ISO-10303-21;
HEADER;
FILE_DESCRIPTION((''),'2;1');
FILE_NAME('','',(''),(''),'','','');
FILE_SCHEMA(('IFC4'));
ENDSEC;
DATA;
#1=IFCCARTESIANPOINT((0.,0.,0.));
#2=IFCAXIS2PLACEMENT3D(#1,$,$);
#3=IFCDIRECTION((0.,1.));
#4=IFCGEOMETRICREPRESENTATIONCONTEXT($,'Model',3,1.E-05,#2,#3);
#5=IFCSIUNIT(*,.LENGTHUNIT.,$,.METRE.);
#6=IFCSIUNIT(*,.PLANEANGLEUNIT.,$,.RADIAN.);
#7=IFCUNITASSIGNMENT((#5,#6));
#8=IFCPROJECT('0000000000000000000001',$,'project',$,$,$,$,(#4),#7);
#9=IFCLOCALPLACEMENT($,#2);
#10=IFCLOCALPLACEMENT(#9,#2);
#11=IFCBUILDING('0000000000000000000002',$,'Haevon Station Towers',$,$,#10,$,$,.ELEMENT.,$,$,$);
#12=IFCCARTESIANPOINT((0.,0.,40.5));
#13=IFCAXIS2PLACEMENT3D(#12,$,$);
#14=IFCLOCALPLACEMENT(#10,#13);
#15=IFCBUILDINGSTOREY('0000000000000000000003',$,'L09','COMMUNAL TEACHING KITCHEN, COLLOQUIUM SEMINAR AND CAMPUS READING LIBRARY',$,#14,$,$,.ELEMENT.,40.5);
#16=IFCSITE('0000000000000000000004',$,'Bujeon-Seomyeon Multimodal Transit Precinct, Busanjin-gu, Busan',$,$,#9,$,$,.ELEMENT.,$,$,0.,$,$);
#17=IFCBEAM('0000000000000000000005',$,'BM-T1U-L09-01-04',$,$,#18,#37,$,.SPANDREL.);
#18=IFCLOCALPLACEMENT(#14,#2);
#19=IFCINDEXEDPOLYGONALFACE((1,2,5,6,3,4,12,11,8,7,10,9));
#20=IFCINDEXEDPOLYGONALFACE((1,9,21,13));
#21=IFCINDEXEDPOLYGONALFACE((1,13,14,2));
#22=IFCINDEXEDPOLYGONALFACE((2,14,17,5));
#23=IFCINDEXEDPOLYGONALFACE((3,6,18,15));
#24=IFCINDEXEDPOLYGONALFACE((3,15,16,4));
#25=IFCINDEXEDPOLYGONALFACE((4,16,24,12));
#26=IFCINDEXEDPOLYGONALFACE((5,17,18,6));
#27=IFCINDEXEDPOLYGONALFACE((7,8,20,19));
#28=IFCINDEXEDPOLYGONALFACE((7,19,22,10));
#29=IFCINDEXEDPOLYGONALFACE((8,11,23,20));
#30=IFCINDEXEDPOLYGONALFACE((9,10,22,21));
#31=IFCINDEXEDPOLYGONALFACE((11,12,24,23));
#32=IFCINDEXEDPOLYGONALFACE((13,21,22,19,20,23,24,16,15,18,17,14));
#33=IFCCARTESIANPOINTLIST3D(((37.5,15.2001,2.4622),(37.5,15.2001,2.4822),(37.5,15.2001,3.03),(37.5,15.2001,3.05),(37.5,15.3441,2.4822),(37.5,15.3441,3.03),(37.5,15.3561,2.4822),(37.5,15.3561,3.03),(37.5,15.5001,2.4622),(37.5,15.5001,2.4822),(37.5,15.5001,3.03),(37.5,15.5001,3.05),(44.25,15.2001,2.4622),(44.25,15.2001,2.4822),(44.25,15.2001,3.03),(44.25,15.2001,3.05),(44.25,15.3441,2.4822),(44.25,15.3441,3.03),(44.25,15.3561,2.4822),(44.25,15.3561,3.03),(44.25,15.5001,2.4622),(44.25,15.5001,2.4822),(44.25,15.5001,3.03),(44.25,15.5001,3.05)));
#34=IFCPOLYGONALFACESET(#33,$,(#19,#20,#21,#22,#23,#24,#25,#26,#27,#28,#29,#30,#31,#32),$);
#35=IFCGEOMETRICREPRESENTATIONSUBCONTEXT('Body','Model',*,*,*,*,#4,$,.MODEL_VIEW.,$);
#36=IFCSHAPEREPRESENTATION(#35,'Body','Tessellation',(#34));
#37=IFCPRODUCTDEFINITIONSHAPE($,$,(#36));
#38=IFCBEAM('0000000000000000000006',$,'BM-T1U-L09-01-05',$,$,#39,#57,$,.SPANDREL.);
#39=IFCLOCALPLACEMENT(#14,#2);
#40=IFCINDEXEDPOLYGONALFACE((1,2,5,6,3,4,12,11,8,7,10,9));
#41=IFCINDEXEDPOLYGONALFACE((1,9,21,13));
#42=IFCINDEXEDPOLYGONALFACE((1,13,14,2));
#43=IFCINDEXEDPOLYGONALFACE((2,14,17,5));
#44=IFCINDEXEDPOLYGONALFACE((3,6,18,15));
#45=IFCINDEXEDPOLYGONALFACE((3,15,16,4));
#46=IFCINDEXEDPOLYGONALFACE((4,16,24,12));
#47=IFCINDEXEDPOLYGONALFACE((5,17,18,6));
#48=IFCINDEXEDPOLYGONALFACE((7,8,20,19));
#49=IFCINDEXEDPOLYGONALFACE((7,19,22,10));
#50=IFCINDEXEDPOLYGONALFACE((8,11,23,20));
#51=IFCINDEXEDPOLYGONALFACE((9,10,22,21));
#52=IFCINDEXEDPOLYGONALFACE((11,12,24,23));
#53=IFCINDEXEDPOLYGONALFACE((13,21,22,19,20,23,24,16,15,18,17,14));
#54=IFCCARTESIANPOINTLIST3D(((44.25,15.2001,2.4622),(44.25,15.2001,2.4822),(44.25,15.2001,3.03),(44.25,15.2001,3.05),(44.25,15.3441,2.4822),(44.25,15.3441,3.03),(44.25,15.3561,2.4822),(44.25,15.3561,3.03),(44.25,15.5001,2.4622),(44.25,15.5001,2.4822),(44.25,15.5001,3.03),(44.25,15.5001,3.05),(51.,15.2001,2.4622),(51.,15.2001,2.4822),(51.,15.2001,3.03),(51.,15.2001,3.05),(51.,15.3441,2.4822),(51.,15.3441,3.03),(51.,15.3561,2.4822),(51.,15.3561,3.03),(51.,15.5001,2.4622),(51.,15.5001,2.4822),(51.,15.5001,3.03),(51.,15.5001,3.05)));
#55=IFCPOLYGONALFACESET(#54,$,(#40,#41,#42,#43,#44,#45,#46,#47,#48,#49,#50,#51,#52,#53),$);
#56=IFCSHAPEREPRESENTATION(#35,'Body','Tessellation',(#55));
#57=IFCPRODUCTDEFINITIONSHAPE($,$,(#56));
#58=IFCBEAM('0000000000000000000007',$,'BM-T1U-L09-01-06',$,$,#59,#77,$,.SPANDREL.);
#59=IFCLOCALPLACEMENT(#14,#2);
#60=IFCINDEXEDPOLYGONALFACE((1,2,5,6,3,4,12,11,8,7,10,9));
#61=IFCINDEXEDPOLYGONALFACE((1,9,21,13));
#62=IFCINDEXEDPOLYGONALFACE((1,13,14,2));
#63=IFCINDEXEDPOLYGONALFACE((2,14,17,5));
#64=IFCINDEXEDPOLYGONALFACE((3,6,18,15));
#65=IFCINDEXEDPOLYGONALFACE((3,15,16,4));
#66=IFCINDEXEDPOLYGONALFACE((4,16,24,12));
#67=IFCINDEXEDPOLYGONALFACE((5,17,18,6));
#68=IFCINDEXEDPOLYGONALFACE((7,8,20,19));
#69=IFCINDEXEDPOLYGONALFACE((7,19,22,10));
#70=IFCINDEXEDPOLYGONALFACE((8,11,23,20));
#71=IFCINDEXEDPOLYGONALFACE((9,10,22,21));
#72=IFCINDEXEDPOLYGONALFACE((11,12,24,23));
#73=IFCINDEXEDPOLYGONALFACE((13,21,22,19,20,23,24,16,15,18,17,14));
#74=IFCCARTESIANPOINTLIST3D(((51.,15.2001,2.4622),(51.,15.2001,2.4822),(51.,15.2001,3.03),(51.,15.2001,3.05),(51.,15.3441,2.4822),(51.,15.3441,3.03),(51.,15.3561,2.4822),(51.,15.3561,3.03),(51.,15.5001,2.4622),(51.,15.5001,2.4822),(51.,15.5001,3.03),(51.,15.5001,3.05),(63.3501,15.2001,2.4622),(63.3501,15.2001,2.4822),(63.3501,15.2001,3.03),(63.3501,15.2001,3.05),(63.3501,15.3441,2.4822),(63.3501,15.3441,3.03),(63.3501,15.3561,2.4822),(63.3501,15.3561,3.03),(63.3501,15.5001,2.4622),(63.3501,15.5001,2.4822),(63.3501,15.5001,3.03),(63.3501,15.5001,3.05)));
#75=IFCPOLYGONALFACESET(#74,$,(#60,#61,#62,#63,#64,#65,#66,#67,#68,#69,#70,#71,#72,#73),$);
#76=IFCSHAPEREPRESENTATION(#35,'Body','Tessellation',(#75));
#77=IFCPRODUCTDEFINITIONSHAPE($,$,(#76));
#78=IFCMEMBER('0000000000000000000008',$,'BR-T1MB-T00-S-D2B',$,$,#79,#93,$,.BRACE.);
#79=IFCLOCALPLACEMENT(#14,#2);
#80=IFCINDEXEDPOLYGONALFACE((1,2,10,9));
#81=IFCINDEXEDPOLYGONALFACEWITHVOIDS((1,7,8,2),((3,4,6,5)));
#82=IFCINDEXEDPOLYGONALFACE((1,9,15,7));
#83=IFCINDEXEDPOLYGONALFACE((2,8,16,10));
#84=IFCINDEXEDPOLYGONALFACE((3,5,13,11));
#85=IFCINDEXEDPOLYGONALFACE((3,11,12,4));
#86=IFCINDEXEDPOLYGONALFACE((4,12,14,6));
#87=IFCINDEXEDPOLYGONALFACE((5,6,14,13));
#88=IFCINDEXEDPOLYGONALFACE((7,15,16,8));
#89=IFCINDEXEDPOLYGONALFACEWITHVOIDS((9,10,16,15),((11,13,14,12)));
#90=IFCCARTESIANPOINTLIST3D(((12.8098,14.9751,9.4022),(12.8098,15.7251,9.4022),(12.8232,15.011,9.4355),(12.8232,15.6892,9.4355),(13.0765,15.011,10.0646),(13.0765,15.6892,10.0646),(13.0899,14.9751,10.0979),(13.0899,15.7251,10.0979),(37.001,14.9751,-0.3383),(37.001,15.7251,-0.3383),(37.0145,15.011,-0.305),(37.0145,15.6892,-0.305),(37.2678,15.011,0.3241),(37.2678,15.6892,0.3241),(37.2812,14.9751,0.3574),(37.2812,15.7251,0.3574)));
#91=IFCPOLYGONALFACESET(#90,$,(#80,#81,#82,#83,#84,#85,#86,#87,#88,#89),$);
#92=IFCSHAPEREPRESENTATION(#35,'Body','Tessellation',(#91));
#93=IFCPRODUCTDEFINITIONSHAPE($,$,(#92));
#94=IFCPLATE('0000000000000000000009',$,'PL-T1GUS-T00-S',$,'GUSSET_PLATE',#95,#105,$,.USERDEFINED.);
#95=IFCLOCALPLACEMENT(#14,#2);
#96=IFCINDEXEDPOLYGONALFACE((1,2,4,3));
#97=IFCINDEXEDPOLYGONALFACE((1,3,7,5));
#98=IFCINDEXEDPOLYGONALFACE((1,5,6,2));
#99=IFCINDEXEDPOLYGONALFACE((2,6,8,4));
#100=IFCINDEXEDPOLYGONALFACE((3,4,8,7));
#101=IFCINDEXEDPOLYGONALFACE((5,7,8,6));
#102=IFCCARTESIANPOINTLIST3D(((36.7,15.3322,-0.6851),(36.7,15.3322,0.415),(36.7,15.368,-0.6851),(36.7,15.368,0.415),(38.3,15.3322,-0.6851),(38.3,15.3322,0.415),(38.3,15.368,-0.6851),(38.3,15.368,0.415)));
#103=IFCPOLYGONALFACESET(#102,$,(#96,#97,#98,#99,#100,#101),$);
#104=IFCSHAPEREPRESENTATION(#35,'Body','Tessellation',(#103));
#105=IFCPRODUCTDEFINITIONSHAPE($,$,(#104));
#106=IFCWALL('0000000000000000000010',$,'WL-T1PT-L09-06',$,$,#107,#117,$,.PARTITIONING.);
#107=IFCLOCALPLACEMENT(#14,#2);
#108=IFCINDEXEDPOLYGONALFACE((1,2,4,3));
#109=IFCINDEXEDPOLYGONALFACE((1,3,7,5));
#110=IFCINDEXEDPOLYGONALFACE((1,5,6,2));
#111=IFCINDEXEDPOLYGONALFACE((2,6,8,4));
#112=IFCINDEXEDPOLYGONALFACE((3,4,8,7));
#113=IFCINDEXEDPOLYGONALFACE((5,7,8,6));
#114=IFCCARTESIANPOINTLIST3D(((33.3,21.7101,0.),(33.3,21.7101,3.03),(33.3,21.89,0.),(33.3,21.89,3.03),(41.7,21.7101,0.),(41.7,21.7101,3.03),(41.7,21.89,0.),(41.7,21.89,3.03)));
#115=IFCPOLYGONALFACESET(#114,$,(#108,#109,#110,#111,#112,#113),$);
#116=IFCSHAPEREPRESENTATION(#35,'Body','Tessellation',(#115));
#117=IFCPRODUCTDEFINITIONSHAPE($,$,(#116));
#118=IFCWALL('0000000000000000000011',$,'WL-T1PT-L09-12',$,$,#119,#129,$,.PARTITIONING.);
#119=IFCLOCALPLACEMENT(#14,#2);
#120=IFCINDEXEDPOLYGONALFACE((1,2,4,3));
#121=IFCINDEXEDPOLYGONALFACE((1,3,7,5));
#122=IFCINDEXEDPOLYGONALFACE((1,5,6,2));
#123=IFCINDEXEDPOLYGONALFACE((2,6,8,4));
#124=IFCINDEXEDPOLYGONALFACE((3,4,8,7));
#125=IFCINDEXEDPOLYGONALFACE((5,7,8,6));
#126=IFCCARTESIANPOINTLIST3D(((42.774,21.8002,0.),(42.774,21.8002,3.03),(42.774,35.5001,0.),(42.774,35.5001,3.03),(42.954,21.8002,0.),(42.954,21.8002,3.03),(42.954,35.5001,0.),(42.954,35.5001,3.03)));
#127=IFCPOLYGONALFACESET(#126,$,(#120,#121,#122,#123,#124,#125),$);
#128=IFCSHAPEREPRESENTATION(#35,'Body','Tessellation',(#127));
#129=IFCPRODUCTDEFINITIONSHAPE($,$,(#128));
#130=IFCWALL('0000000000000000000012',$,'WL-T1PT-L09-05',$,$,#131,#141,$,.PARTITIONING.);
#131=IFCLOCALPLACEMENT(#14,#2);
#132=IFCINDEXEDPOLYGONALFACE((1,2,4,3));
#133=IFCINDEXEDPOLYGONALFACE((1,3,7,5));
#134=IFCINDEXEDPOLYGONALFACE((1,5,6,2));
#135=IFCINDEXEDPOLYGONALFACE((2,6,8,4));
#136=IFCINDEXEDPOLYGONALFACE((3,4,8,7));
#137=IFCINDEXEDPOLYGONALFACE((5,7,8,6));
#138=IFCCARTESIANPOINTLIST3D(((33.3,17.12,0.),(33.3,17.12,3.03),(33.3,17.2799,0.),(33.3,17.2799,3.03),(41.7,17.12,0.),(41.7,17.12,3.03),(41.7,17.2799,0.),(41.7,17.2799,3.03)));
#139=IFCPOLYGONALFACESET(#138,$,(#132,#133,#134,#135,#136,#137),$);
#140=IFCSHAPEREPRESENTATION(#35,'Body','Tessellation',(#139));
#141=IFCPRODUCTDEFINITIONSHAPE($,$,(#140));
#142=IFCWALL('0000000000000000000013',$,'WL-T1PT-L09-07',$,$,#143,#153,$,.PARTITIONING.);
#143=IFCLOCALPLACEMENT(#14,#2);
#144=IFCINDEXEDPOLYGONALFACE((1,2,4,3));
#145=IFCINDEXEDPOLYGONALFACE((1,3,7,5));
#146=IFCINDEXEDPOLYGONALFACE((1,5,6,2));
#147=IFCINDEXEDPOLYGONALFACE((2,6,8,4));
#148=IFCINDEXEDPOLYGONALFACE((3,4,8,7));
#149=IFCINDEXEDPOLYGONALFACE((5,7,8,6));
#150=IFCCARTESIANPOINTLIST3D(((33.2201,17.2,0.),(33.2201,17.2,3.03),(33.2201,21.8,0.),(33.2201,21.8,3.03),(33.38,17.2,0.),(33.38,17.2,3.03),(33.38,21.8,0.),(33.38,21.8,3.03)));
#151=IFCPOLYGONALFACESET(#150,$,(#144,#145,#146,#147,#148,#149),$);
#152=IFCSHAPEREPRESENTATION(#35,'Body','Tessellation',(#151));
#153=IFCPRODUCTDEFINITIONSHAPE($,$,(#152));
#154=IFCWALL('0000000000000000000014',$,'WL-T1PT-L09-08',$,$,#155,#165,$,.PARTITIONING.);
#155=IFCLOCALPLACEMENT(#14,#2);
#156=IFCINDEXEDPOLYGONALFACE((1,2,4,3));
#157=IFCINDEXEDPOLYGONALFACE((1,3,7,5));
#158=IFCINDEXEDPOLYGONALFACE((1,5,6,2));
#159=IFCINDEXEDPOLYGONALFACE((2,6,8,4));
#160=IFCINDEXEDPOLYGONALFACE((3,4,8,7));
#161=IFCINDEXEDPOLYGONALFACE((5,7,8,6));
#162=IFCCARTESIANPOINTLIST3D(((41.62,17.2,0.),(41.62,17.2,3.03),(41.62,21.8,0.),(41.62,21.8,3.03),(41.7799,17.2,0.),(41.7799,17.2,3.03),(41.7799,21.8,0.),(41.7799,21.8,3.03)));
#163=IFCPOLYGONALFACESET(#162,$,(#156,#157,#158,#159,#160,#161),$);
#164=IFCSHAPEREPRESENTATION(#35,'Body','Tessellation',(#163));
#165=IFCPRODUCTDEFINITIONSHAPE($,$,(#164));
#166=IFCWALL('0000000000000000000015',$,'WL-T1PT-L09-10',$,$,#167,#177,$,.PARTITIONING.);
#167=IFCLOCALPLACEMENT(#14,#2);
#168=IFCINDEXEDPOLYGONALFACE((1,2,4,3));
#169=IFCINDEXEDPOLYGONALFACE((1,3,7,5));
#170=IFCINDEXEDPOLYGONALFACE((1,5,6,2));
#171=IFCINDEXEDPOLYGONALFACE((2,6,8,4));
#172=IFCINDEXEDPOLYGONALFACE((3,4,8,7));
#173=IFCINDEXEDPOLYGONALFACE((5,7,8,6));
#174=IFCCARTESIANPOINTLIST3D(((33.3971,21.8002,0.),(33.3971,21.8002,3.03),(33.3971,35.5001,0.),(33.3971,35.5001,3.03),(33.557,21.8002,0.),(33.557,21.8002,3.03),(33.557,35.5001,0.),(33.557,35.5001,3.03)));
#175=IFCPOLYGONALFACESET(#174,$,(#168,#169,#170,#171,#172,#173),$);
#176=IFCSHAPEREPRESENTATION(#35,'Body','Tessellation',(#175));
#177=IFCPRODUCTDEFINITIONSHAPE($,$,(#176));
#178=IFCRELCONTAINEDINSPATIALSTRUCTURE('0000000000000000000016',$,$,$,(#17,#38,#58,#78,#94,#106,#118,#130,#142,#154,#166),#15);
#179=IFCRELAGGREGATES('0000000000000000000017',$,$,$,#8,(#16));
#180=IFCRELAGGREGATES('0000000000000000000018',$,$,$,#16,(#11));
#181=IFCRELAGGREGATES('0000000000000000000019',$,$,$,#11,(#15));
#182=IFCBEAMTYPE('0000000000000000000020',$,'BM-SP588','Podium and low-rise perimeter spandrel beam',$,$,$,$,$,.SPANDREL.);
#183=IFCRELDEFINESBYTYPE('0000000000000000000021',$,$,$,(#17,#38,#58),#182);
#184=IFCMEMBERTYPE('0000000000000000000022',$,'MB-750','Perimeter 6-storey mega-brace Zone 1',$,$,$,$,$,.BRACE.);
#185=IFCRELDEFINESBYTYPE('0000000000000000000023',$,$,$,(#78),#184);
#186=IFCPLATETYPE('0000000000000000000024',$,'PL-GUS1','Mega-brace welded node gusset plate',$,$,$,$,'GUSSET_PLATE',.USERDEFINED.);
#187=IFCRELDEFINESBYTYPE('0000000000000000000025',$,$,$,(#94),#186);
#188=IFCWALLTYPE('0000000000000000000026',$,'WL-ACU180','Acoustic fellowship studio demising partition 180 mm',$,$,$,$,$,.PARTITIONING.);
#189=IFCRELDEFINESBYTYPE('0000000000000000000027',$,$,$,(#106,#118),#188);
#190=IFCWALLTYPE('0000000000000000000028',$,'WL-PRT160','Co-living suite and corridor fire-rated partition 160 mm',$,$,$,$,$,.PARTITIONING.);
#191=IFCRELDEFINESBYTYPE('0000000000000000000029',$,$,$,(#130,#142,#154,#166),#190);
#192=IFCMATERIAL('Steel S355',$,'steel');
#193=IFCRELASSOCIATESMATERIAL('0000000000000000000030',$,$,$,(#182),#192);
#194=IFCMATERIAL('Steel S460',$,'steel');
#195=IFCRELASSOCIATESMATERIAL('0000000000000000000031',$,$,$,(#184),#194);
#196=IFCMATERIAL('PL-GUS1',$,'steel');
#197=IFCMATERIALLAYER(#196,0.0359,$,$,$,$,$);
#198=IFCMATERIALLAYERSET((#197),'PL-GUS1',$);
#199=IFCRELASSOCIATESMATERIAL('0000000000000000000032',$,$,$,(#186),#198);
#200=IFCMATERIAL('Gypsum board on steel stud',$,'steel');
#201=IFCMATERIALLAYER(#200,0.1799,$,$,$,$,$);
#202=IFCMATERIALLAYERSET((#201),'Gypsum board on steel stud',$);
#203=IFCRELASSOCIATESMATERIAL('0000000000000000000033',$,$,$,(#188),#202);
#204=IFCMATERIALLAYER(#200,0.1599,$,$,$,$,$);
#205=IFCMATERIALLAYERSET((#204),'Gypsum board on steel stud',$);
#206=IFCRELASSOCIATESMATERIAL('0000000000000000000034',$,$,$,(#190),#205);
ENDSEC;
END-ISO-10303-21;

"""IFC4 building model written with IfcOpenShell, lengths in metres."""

from ifc_helpers import new_model, si_unit, direction, frame, frame_2d, origin, origin_2d, place, context, subcontext, project, spatial, rectangle, hollow_rectangle, i_section, extrude, material, layer, layer_set, material_profile, profile_set, type_object, element, save


model = new_model("IFC4")

# Units and contexts
model_context = context("Model", 3, precision=1e-05, world=origin(), true_north=direction((0.0, 1.0)))
body_context = subcontext(model_context, "Body", "Model", "MODEL_VIEW")
ifc_project = project(units=[si_unit("LENGTHUNIT", "METRE"), si_unit("PLANEANGLEUNIT", "RADIAN")], contexts=[model_context])

# Site, building, storey
site_placement = place(None, origin())
site = spatial("IfcSite", under=ifc_project, at=site_placement, Name="Bujeon-Seomyeon Multimodal Transit Precinct, Busanjin-gu, Busan", CompositionType="ELEMENT", RefElevation=0.0)
building_placement = place(site_placement, origin())
building = spatial("IfcBuilding", under=site, at=building_placement, Name="Haevon Station Towers", CompositionType="ELEMENT")
storey_placement = place(building_placement, frame((0.0, 0.0, 40.5)))
storey = spatial("IfcBuildingStorey", under=building, at=storey_placement, Name="L09", Description="COMMUNAL TEACHING KITCHEN, COLLOQUIUM SEMINAR AND CAMPUS READING LIBRARY", CompositionType="ELEMENT", Elevation=40.5)

# Shared definitions
ifc_material_1 = material(Name="Steel S460", Category="steel")

# Beams
ifc_material_2 = material(Name="Steel S355", Category="steel")
ifc_material_profile_1 = material_profile(ifc_material_2, i_section(OverallWidth=0.3, OverallDepth=0.5879, WebThickness=0.012, FlangeThickness=0.02, at=origin_2d()), Name="H-588x300x12x20")
ifc_profile_set_1 = profile_set([ifc_material_profile_1], Name="Steel S355")
beam_type_1 = type_object("IfcBeamType", Name="BM-SP588", Description="Podium and low-rise perimeter spandrel beam", PredefinedType="SPANDREL", material=ifc_profile_set_1)
for number, where, z_axis, x_axis, name in (
    (1, (37.5, 15.3501, 2.7561), (1.0, 0.0, 0.0), (0.0, 1.0, 0.0), "BM-T1U-L09-01-04"),
    (2, (44.25, 15.3501, 2.7561), (1.0, 0.0, 0.0), (0.0, 1.0, 0.0), "BM-T1U-L09-01-05"),
):
    element("IfcBeam", number, at=place(storey_placement, frame(where, z_axis=z_axis, x_axis=x_axis)), inside=storey, type_object=beam_type_1, Name=name, PredefinedType="SPANDREL", context=body_context, shape_type="SweptSolid", body=[
        extrude(i_section(OverallWidth=0.3, OverallDepth=0.5879, WebThickness=0.012, FlangeThickness=0.02, at=origin_2d()), origin(), (0.0, 0.0, 1.0), 6.75),
    ])
beam_placement = place(storey_placement, frame((51.0, 15.3501, 2.7561), z_axis=(1.0, 0.0, 0.0), x_axis=(0.0, 1.0, 0.0)))
element("IfcBeam", 3, at=beam_placement, inside=storey, type_object=beam_type_1, Name="BM-T1U-L09-01-06", PredefinedType="SPANDREL", context=body_context, shape_type="SweptSolid", body=[
    extrude(i_section(OverallWidth=0.3, OverallDepth=0.5879, WebThickness=0.012, FlangeThickness=0.02, at=origin_2d()), origin(), (0.0, 0.0, 1.0), 12.3501),
])

# Member
ifc_material_profile_2 = material_profile(ifc_material_1, hollow_rectangle(XDim=0.75, YDim=0.75, WallThickness=0.0359, at=origin_2d()), Name="RHS-750x750x36")
ifc_profile_set_2 = profile_set([ifc_material_profile_2], Name="Steel S460")
member_type = type_object("IfcMemberType", Name="MB-750", Description="Perimeter 6-storey mega-brace Zone 1", PredefinedType="BRACE", material=ifc_profile_set_2)
member_placement = place(storey_placement, frame((37.1411, 15.3501, 0.0095), z_axis=(-0.927628, 0.0, 0.373506), x_axis=(0.0, -1.0, 0.0)))
element("IfcMember", 4, at=member_placement, inside=storey, type_object=member_type, Name="BR-T1MB-T00-S-D2B", PredefinedType="BRACE", context=body_context, shape_type="SweptSolid", body=[
    extrude(hollow_rectangle(XDim=0.75, YDim=0.75, WallThickness=0.0359, at=origin_2d()), origin(), (0.0, 0.0, 1.0), 26.0786),
])

# Plate
ifc_material_3 = material(Name="PL-GUS1", Category="steel")
ifc_layer_1 = layer(ifc_material_3, 0.0359)
ifc_layer_set_1 = layer_set([ifc_layer_1], Name="PL-GUS1")
plate_type = type_object("IfcPlateType", Name="PL-GUS1", Description="Mega-brace welded node gusset plate", ElementType="GUSSET_PLATE", PredefinedType="USERDEFINED", material=ifc_layer_set_1)
plate_placement = place(storey_placement, frame((37.5, 15.3501, -0.6851), z_axis=(0.0, 0.0, 1.0), x_axis=(1.0, 0.0, 0.0)))
element("IfcPlate", 5, at=plate_placement, inside=storey, type_object=plate_type, Name="PL-T1GUS-T00-S", ObjectType="GUSSET_PLATE", PredefinedType="USERDEFINED", context=body_context, shape_type="SweptSolid", body=[
    extrude(rectangle(XDim=1.6001, YDim=0.0359, at=origin_2d()), origin(), (0.0, 0.0, 1.0), 1.1001),
])

# Walls
ifc_material_4 = material(Name="Gypsum board on steel stud", Category="steel")
ifc_layer_2 = layer(ifc_material_4, 0.1799)
ifc_layer_set_2 = layer_set([ifc_layer_2], Name="Gypsum board on steel stud")
wall_type_1 = type_object("IfcWallType", Name="WL-ACU180", Description="Acoustic fellowship studio demising partition 180 mm", PredefinedType="PARTITIONING", material=ifc_layer_set_2)
wall_1_placement = place(storey_placement, frame((33.3, 21.8, 0.0), z_axis=(0.0, 0.0, 1.0), x_axis=(1.0, 0.0, 0.0)))
element("IfcWall", 6, at=wall_1_placement, inside=storey, type_object=wall_type_1, Name="WL-T1PT-L09-06", PredefinedType="PARTITIONING", context=body_context, shape_type="SweptSolid", body=[
    extrude(rectangle(XDim=8.3999, YDim=0.1799, at=frame_2d((4.2, 0.0))), origin(), (0.0, 0.0, 1.0), 3.03),
])
wall_2_placement = place(storey_placement, frame((42.864, 21.8, 0.0), z_axis=(0.0, 0.0, 1.0), x_axis=(0.0, 1.0, 0.0)))
element("IfcWall", 7, at=wall_2_placement, inside=storey, type_object=wall_type_1, Name="WL-T1PT-L09-12", PredefinedType="PARTITIONING", context=body_context, shape_type="SweptSolid", body=[
    extrude(rectangle(XDim=13.7, YDim=0.1799, at=frame_2d((6.8501, 0.0))), origin(), (0.0, 0.0, 1.0), 3.03),
])
ifc_layer_3 = layer(ifc_material_4, 0.1599)
ifc_layer_set_3 = layer_set([ifc_layer_3], Name="Gypsum board on steel stud")
wall_type_2 = type_object("IfcWallType", Name="WL-PRT160", Description="Co-living suite and corridor fire-rated partition 160 mm", PredefinedType="PARTITIONING", material=ifc_layer_set_3)
wall_3_placement = place(storey_placement, frame((33.3, 17.2, 0.0), z_axis=(0.0, 0.0, 1.0), x_axis=(1.0, 0.0, 0.0)))
element("IfcWall", 8, at=wall_3_placement, inside=storey, type_object=wall_type_2, Name="WL-T1PT-L09-05", PredefinedType="PARTITIONING", context=body_context, shape_type="SweptSolid", body=[
    extrude(rectangle(XDim=8.3999, YDim=0.1599, at=frame_2d((4.2, 0.0))), origin(), (0.0, 0.0, 1.0), 3.03),
])
for number, where, z_axis, x_axis, name in (
    (9, (33.3, 17.2, 0.0), (0.0, 0.0, 1.0), (0.0, 1.0, 0.0), "WL-T1PT-L09-07"),
    (10, (41.7, 17.2, 0.0), (0.0, 0.0, 1.0), (0.0, 1.0, 0.0), "WL-T1PT-L09-08"),
):
    element("IfcWall", number, at=place(storey_placement, frame(where, z_axis=z_axis, x_axis=x_axis)), inside=storey, type_object=wall_type_2, Name=name, PredefinedType="PARTITIONING", context=body_context, shape_type="SweptSolid", body=[
        extrude(rectangle(XDim=4.6001, YDim=0.1599, at=frame_2d((2.3, 0.0))), origin(), (0.0, 0.0, 1.0), 3.03),
    ])
wall_4_placement = place(storey_placement, frame((33.4771, 21.8, 0.0), z_axis=(0.0, 0.0, 1.0), x_axis=(0.0, 1.0, 0.0)))
element("IfcWall", 11, at=wall_4_placement, inside=storey, type_object=wall_type_2, Name="WL-T1PT-L09-10", PredefinedType="PARTITIONING", context=body_context, shape_type="SweptSolid", body=[
    extrude(rectangle(XDim=13.7, YDim=0.1599, at=frame_2d((6.8501, 0.0))), origin(), (0.0, 0.0, 1.0), 3.03),
])

save(model, "model.ifc")
